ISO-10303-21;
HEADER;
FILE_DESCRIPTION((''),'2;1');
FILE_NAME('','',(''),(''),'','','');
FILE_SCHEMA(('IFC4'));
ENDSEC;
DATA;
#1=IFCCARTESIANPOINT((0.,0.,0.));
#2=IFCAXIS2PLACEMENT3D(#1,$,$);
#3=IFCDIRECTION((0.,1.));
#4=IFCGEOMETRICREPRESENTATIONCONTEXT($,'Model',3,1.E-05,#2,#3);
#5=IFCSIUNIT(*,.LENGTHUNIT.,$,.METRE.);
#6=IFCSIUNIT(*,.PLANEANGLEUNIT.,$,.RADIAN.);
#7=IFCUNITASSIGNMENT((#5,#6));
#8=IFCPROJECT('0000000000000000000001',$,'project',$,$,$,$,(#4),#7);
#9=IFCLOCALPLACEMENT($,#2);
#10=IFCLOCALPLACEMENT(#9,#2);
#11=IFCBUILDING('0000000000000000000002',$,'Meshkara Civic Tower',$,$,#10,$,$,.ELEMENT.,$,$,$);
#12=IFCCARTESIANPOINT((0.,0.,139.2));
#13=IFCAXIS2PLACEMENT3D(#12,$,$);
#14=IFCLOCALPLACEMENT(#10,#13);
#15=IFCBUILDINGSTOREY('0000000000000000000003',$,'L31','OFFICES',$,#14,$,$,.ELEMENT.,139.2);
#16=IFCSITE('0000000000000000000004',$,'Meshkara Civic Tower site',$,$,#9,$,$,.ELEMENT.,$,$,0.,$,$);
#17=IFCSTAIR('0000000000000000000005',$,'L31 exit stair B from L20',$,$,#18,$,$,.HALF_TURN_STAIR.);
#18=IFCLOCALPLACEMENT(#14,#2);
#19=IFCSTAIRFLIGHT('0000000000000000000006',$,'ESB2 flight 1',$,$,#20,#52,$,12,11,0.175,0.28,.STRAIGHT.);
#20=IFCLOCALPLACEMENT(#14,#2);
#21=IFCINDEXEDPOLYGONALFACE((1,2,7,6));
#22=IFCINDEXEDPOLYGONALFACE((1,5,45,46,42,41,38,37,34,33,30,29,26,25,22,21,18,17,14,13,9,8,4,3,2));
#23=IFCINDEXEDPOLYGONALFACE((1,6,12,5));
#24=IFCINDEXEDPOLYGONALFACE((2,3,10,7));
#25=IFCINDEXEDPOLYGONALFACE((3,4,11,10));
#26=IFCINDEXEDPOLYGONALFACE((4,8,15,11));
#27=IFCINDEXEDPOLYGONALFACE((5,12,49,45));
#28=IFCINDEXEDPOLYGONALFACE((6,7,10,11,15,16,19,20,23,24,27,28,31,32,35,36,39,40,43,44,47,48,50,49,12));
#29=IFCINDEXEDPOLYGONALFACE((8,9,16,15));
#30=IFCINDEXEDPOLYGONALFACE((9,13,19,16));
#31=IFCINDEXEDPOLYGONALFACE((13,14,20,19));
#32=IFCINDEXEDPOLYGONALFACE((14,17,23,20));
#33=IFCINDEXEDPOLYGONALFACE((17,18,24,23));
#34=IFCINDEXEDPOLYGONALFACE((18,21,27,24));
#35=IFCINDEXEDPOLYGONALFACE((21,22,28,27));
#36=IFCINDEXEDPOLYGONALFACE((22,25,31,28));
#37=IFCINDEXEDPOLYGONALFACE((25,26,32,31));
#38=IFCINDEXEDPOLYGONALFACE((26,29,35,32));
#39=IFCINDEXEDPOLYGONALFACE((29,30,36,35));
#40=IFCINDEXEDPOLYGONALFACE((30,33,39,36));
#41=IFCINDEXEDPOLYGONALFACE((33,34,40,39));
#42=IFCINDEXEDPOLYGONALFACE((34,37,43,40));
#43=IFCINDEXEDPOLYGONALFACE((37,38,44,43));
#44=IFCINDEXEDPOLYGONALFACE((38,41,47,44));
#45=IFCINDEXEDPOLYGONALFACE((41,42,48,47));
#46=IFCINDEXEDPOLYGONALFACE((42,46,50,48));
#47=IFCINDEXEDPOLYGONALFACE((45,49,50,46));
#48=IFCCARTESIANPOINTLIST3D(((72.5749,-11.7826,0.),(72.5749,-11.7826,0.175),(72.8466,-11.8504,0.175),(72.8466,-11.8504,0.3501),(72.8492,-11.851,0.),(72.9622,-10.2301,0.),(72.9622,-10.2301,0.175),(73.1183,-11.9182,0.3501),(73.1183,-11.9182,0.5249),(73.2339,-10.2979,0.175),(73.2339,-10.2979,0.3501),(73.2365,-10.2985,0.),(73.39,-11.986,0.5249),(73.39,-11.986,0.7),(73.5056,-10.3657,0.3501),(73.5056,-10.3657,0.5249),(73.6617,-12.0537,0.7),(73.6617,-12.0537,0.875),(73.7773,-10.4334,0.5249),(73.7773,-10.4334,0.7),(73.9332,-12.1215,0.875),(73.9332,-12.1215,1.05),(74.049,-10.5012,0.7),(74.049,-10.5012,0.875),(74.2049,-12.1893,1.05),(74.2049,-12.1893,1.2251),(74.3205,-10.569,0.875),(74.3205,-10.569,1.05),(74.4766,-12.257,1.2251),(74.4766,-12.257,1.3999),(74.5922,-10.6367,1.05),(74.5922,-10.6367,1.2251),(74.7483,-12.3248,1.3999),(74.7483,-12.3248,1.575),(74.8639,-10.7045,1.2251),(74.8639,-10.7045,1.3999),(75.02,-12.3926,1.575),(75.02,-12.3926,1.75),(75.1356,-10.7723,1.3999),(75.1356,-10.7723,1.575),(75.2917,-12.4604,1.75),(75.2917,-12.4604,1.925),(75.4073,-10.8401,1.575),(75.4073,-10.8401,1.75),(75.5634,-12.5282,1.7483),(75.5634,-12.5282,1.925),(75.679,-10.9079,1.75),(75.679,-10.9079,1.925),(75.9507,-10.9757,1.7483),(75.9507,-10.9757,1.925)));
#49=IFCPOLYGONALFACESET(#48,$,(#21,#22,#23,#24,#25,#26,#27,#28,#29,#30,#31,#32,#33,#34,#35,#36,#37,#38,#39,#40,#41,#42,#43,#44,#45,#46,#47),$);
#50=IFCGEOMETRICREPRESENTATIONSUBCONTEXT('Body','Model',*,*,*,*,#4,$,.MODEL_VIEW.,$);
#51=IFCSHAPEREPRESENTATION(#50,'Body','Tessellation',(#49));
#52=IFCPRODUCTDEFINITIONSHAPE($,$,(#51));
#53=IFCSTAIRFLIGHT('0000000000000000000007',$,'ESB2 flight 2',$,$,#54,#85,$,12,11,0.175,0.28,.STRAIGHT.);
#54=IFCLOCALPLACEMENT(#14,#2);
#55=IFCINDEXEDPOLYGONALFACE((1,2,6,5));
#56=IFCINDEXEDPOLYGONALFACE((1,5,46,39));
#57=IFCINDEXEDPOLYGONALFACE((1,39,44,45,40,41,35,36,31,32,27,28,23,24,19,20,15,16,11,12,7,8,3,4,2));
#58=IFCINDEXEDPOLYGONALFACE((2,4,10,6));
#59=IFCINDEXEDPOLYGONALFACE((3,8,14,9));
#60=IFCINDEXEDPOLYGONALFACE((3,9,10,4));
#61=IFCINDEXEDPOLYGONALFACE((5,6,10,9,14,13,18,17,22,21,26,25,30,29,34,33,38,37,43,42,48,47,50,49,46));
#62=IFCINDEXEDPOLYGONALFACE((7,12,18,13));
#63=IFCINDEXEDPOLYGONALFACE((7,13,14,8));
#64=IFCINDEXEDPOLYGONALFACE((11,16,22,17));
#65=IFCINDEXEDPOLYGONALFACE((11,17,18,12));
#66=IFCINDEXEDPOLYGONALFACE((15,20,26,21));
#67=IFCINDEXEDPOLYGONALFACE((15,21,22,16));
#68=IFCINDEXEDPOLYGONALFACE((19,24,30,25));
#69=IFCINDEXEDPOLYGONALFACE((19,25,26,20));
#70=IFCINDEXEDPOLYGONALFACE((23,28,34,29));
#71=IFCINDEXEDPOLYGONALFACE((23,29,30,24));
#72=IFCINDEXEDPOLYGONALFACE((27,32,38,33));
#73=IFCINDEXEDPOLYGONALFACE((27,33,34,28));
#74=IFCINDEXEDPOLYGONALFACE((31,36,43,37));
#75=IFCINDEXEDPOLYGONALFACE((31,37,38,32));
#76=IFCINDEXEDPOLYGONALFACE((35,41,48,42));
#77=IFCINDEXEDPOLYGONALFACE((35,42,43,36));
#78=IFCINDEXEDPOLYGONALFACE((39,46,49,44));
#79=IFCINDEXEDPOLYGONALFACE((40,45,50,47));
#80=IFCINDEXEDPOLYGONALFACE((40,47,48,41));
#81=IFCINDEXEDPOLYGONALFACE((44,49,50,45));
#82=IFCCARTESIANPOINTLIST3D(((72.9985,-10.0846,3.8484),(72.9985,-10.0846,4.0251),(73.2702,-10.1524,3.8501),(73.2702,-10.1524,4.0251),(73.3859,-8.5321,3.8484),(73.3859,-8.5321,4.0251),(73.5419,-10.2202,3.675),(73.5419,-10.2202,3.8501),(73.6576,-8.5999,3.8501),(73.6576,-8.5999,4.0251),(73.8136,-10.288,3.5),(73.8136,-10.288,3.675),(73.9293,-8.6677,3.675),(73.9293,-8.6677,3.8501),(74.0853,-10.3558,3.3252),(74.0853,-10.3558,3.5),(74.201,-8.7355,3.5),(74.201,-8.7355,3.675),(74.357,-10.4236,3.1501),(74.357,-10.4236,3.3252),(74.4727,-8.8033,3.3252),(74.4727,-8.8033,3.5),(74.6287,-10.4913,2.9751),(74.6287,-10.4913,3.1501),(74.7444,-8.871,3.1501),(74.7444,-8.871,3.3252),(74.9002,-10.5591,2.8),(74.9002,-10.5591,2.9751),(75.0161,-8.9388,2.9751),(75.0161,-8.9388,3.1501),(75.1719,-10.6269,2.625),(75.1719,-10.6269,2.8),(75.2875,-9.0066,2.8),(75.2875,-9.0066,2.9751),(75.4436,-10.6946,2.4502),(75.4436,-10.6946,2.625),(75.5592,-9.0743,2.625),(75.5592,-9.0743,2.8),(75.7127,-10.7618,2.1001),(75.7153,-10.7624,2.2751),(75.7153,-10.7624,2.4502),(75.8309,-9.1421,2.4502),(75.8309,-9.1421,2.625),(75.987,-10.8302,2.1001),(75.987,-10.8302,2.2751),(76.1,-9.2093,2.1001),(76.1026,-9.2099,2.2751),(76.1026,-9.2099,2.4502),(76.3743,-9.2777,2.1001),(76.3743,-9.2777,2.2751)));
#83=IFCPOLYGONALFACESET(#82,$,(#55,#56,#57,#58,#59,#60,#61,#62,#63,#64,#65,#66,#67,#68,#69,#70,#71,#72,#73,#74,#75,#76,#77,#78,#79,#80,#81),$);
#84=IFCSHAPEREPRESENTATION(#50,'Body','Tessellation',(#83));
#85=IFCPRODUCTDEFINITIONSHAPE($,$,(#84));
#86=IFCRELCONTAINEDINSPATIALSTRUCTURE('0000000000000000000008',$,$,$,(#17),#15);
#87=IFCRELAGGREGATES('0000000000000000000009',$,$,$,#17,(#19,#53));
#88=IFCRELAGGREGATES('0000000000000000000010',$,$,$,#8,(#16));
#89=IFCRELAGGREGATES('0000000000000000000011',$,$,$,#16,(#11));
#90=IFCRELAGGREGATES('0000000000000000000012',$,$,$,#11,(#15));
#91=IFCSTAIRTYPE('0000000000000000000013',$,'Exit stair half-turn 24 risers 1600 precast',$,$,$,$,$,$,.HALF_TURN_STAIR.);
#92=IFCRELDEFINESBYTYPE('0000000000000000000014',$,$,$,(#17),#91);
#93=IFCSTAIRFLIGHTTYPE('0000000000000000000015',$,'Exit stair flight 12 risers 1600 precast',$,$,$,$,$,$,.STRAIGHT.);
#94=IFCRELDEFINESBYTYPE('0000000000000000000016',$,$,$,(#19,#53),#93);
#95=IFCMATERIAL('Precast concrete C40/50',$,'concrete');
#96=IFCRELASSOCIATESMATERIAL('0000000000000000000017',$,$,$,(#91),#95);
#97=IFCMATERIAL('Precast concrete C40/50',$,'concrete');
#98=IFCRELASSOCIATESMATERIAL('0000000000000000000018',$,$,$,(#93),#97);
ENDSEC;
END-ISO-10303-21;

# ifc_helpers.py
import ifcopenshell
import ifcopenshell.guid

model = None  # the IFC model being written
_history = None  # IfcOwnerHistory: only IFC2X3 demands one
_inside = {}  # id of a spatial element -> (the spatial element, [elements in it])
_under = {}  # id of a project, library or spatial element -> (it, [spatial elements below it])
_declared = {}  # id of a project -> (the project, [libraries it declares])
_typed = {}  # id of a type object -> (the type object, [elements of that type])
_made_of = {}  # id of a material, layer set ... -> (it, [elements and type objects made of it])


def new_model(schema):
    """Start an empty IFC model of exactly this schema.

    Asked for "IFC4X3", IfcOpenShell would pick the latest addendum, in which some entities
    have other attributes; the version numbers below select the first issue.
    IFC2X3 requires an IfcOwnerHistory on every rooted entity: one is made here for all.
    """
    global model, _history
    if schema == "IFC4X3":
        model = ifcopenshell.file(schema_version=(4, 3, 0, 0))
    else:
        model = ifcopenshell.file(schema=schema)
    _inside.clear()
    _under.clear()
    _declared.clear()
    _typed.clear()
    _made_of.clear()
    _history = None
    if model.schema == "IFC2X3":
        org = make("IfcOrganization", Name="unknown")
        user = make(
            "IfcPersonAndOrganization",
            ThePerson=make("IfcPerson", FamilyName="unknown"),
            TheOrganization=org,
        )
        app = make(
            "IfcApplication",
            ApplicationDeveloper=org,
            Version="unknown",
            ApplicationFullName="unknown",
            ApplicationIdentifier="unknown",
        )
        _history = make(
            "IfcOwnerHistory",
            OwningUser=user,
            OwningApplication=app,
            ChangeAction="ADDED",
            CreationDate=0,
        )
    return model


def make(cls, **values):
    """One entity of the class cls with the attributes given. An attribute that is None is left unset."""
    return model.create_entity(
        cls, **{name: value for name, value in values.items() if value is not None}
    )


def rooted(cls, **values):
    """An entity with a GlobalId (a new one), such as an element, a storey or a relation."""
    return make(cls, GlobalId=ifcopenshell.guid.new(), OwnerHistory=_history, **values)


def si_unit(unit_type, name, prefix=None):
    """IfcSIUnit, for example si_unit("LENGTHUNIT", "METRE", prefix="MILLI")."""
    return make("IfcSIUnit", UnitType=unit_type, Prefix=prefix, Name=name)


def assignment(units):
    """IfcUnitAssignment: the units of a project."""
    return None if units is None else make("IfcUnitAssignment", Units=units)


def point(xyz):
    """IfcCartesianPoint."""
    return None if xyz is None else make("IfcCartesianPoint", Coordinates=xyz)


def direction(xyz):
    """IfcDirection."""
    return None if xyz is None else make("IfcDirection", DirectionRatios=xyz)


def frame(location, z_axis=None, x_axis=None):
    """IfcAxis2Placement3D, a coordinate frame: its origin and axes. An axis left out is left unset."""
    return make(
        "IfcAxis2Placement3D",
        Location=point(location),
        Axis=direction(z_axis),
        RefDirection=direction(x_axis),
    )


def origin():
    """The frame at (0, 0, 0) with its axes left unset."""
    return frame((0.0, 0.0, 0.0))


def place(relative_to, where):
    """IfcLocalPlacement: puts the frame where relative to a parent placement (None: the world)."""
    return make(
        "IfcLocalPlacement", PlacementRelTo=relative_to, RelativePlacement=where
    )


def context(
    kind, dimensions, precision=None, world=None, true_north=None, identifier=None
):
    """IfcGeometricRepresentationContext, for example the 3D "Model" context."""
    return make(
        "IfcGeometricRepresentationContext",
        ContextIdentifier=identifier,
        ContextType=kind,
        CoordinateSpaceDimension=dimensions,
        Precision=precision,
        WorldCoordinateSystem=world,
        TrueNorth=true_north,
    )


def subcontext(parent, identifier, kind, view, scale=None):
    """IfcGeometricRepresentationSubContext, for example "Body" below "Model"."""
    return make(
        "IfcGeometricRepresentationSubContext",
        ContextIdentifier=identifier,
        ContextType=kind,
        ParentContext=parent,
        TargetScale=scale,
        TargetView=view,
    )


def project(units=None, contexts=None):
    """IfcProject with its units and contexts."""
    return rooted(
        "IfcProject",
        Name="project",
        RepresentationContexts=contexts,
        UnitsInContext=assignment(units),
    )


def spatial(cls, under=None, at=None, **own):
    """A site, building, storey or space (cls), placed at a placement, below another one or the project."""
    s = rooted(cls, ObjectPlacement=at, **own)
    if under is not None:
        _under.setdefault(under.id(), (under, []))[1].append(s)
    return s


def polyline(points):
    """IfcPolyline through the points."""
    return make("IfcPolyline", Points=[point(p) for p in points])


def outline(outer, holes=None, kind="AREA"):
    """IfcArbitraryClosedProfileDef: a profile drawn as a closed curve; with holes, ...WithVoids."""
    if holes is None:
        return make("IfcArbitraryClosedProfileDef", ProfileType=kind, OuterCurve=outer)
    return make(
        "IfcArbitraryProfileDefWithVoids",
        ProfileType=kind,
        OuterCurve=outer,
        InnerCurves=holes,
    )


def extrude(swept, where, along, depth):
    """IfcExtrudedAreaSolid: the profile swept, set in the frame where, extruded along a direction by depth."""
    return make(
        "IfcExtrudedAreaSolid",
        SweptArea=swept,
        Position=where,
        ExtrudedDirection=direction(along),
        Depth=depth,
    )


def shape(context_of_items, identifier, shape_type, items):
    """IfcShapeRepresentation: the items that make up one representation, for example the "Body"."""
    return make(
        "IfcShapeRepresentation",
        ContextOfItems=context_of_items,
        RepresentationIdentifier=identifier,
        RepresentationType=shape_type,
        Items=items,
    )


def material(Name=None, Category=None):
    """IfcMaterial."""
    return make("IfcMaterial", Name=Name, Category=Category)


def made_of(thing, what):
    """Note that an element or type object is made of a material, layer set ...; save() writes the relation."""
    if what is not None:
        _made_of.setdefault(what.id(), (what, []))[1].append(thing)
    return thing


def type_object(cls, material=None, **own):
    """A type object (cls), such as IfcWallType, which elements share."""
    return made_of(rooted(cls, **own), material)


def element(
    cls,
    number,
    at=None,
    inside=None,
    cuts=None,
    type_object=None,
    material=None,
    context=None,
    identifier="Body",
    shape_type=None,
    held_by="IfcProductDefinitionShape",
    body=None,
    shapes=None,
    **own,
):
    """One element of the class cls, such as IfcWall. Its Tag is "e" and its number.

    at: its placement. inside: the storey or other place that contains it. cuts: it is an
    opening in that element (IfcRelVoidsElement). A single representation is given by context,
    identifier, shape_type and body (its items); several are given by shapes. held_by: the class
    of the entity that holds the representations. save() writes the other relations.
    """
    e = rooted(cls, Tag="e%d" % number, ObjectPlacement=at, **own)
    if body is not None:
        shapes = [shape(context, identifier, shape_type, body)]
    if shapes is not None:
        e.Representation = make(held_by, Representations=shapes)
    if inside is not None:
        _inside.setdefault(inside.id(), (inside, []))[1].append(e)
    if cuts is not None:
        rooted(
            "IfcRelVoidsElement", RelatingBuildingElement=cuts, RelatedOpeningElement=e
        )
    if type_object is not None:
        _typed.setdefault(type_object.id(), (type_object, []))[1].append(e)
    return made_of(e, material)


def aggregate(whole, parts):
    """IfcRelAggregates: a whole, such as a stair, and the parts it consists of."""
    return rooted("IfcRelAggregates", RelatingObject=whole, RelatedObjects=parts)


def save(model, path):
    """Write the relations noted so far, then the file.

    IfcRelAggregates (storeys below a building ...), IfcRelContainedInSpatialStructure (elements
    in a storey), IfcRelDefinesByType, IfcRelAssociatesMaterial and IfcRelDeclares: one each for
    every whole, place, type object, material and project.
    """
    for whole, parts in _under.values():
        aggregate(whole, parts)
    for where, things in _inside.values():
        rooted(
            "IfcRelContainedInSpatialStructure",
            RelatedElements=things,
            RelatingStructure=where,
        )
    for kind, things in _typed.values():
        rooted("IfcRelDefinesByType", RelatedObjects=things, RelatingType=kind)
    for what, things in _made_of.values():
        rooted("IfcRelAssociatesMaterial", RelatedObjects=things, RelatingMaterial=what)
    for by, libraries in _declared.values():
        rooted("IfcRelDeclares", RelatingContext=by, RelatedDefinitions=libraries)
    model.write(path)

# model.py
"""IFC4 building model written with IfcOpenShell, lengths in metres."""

from ifc_helpers import new_model, si_unit, direction, frame, origin, place, context, subcontext, project, spatial, polyline, outline, extrude, material, type_object, element, aggregate, save


model = new_model("IFC4")

# Units and contexts
model_context = context("Model", 3, precision=1e-05, world=origin(), true_north=direction((0.0, 1.0)))
body_context = subcontext(model_context, "Body", "Model", "MODEL_VIEW")
ifc_project = project(units=[si_unit("LENGTHUNIT", "METRE"), si_unit("PLANEANGLEUNIT", "RADIAN")], contexts=[model_context])

# Site, building, storey
site_placement = place(None, origin())
site = spatial("IfcSite", under=ifc_project, at=site_placement, Name="Meshkara Civic Tower site", CompositionType="ELEMENT", RefElevation=0.0)
building_placement = place(site_placement, origin())
building = spatial("IfcBuilding", under=site, at=building_placement, Name="Meshkara Civic Tower", CompositionType="ELEMENT")
storey_placement = place(building_placement, frame((0.0, 0.0, 139.2)))
storey = spatial("IfcBuildingStorey", under=building, at=storey_placement, Name="L31", Description="OFFICES", CompositionType="ELEMENT", Elevation=139.2)

# Stair, stair flights
ifc_material_1 = material(Name="Precast concrete C40/50", Category="concrete")
stair_type = type_object("IfcStairType", Name="Exit stair half-turn 24 risers 1600 precast", PredefinedType="HALF_TURN_STAIR", material=ifc_material_1)
stair_placement = place(storey_placement, origin())
stair = element("IfcStair", 1, at=stair_placement, inside=storey, type_object=stair_type, Name="L31 exit stair B from L20", PredefinedType="HALF_TURN_STAIR")
ifc_material_2 = material(Name="Precast concrete C40/50", Category="concrete")
stair_flight_type = type_object("IfcStairFlightType", Name="Exit stair flight 12 risers 1600 precast", PredefinedType="STRAIGHT", material=ifc_material_2)
stair_flight_1_placement = place(storey_placement, frame((72.7686, -11.0063, 0.0), z_axis=(0.0, 0.0, 1.0), x_axis=(0.97026, -0.242065, 0.0)))
stair_flight_1 = element("IfcStairFlight", 2, at=stair_flight_1_placement, type_object=stair_flight_type, Name="ESB2 flight 1", NumberOfRisers=12, NumberOfTreads=11, PredefinedType="STRAIGHT", RiserHeight=0.175, TreadLength=0.28, context=body_context, shape_type="SweptSolid", body=[
    extrude(outline(polyline([(0.0, 0.0), (0.0, 0.175), (0.28, 0.175), (0.28, 0.3501), (0.5601, 0.3501), (0.5601, 0.5249), (0.8401, 0.5249), (0.8401, 0.7), (1.1201, 0.7), (1.1201, 0.875), (1.3999, 0.875), (1.3999, 1.05), (1.6799, 1.05), (1.6799, 1.2251), (1.96, 1.2251), (1.96, 1.3999), (2.24, 1.3999), (2.24, 1.575), (2.52, 1.575), (2.52, 1.75), (2.8, 1.75), (2.8, 1.925), (3.0801, 1.925), (3.0801, 2.1001), (3.0801, 1.7483), (0.2827, 0.0), (0.0, 0.0)])), frame((0.0, 0.8, 0.0), z_axis=(0.0, -1.0, 0.0), x_axis=(1.0, 0.0, 0.0)), (0.0, 0.0, 1.0), 1.6001),
])
stair_flight_2_placement = place(storey_placement, frame((76.1807, -10.054, 2.1001), z_axis=(0.0, 0.0, 1.0), x_axis=(-0.97026, 0.242065, 0.0)))
stair_flight_2 = element("IfcStairFlight", 3, at=stair_flight_2_placement, type_object=stair_flight_type, Name="ESB2 flight 2", NumberOfRisers=12, NumberOfTreads=11, PredefinedType="STRAIGHT", RiserHeight=0.175, TreadLength=0.28, context=body_context, shape_type="SweptSolid", body=[
    extrude(outline(polyline([(0.0, 0.0), (0.0, 0.175), (0.28, 0.175), (0.28, 0.3501), (0.5601, 0.3501), (0.5601, 0.5249), (0.8401, 0.5249), (0.8401, 0.7), (1.1201, 0.7), (1.1201, 0.875), (1.3999, 0.875), (1.3999, 1.05), (1.6799, 1.05), (1.6799, 1.2251), (1.96, 1.2251), (1.96, 1.3999), (2.24, 1.3999), (2.24, 1.575), (2.52, 1.575), (2.52, 1.75), (2.8, 1.75), (2.8, 1.925), (3.0801, 1.925), (3.0801, 2.1001), (3.0801, 1.7483), (0.2827, 0.0), (0.0, 0.0)])), frame((0.0, 0.8, 0.0), z_axis=(0.0, -1.0, 0.0), x_axis=(1.0, 0.0, 0.0)), (0.0, 0.0, 1.0), 1.6001),
])
aggregate(stair, [stair_flight_1, stair_flight_2])

save(model, "model.ifc")
